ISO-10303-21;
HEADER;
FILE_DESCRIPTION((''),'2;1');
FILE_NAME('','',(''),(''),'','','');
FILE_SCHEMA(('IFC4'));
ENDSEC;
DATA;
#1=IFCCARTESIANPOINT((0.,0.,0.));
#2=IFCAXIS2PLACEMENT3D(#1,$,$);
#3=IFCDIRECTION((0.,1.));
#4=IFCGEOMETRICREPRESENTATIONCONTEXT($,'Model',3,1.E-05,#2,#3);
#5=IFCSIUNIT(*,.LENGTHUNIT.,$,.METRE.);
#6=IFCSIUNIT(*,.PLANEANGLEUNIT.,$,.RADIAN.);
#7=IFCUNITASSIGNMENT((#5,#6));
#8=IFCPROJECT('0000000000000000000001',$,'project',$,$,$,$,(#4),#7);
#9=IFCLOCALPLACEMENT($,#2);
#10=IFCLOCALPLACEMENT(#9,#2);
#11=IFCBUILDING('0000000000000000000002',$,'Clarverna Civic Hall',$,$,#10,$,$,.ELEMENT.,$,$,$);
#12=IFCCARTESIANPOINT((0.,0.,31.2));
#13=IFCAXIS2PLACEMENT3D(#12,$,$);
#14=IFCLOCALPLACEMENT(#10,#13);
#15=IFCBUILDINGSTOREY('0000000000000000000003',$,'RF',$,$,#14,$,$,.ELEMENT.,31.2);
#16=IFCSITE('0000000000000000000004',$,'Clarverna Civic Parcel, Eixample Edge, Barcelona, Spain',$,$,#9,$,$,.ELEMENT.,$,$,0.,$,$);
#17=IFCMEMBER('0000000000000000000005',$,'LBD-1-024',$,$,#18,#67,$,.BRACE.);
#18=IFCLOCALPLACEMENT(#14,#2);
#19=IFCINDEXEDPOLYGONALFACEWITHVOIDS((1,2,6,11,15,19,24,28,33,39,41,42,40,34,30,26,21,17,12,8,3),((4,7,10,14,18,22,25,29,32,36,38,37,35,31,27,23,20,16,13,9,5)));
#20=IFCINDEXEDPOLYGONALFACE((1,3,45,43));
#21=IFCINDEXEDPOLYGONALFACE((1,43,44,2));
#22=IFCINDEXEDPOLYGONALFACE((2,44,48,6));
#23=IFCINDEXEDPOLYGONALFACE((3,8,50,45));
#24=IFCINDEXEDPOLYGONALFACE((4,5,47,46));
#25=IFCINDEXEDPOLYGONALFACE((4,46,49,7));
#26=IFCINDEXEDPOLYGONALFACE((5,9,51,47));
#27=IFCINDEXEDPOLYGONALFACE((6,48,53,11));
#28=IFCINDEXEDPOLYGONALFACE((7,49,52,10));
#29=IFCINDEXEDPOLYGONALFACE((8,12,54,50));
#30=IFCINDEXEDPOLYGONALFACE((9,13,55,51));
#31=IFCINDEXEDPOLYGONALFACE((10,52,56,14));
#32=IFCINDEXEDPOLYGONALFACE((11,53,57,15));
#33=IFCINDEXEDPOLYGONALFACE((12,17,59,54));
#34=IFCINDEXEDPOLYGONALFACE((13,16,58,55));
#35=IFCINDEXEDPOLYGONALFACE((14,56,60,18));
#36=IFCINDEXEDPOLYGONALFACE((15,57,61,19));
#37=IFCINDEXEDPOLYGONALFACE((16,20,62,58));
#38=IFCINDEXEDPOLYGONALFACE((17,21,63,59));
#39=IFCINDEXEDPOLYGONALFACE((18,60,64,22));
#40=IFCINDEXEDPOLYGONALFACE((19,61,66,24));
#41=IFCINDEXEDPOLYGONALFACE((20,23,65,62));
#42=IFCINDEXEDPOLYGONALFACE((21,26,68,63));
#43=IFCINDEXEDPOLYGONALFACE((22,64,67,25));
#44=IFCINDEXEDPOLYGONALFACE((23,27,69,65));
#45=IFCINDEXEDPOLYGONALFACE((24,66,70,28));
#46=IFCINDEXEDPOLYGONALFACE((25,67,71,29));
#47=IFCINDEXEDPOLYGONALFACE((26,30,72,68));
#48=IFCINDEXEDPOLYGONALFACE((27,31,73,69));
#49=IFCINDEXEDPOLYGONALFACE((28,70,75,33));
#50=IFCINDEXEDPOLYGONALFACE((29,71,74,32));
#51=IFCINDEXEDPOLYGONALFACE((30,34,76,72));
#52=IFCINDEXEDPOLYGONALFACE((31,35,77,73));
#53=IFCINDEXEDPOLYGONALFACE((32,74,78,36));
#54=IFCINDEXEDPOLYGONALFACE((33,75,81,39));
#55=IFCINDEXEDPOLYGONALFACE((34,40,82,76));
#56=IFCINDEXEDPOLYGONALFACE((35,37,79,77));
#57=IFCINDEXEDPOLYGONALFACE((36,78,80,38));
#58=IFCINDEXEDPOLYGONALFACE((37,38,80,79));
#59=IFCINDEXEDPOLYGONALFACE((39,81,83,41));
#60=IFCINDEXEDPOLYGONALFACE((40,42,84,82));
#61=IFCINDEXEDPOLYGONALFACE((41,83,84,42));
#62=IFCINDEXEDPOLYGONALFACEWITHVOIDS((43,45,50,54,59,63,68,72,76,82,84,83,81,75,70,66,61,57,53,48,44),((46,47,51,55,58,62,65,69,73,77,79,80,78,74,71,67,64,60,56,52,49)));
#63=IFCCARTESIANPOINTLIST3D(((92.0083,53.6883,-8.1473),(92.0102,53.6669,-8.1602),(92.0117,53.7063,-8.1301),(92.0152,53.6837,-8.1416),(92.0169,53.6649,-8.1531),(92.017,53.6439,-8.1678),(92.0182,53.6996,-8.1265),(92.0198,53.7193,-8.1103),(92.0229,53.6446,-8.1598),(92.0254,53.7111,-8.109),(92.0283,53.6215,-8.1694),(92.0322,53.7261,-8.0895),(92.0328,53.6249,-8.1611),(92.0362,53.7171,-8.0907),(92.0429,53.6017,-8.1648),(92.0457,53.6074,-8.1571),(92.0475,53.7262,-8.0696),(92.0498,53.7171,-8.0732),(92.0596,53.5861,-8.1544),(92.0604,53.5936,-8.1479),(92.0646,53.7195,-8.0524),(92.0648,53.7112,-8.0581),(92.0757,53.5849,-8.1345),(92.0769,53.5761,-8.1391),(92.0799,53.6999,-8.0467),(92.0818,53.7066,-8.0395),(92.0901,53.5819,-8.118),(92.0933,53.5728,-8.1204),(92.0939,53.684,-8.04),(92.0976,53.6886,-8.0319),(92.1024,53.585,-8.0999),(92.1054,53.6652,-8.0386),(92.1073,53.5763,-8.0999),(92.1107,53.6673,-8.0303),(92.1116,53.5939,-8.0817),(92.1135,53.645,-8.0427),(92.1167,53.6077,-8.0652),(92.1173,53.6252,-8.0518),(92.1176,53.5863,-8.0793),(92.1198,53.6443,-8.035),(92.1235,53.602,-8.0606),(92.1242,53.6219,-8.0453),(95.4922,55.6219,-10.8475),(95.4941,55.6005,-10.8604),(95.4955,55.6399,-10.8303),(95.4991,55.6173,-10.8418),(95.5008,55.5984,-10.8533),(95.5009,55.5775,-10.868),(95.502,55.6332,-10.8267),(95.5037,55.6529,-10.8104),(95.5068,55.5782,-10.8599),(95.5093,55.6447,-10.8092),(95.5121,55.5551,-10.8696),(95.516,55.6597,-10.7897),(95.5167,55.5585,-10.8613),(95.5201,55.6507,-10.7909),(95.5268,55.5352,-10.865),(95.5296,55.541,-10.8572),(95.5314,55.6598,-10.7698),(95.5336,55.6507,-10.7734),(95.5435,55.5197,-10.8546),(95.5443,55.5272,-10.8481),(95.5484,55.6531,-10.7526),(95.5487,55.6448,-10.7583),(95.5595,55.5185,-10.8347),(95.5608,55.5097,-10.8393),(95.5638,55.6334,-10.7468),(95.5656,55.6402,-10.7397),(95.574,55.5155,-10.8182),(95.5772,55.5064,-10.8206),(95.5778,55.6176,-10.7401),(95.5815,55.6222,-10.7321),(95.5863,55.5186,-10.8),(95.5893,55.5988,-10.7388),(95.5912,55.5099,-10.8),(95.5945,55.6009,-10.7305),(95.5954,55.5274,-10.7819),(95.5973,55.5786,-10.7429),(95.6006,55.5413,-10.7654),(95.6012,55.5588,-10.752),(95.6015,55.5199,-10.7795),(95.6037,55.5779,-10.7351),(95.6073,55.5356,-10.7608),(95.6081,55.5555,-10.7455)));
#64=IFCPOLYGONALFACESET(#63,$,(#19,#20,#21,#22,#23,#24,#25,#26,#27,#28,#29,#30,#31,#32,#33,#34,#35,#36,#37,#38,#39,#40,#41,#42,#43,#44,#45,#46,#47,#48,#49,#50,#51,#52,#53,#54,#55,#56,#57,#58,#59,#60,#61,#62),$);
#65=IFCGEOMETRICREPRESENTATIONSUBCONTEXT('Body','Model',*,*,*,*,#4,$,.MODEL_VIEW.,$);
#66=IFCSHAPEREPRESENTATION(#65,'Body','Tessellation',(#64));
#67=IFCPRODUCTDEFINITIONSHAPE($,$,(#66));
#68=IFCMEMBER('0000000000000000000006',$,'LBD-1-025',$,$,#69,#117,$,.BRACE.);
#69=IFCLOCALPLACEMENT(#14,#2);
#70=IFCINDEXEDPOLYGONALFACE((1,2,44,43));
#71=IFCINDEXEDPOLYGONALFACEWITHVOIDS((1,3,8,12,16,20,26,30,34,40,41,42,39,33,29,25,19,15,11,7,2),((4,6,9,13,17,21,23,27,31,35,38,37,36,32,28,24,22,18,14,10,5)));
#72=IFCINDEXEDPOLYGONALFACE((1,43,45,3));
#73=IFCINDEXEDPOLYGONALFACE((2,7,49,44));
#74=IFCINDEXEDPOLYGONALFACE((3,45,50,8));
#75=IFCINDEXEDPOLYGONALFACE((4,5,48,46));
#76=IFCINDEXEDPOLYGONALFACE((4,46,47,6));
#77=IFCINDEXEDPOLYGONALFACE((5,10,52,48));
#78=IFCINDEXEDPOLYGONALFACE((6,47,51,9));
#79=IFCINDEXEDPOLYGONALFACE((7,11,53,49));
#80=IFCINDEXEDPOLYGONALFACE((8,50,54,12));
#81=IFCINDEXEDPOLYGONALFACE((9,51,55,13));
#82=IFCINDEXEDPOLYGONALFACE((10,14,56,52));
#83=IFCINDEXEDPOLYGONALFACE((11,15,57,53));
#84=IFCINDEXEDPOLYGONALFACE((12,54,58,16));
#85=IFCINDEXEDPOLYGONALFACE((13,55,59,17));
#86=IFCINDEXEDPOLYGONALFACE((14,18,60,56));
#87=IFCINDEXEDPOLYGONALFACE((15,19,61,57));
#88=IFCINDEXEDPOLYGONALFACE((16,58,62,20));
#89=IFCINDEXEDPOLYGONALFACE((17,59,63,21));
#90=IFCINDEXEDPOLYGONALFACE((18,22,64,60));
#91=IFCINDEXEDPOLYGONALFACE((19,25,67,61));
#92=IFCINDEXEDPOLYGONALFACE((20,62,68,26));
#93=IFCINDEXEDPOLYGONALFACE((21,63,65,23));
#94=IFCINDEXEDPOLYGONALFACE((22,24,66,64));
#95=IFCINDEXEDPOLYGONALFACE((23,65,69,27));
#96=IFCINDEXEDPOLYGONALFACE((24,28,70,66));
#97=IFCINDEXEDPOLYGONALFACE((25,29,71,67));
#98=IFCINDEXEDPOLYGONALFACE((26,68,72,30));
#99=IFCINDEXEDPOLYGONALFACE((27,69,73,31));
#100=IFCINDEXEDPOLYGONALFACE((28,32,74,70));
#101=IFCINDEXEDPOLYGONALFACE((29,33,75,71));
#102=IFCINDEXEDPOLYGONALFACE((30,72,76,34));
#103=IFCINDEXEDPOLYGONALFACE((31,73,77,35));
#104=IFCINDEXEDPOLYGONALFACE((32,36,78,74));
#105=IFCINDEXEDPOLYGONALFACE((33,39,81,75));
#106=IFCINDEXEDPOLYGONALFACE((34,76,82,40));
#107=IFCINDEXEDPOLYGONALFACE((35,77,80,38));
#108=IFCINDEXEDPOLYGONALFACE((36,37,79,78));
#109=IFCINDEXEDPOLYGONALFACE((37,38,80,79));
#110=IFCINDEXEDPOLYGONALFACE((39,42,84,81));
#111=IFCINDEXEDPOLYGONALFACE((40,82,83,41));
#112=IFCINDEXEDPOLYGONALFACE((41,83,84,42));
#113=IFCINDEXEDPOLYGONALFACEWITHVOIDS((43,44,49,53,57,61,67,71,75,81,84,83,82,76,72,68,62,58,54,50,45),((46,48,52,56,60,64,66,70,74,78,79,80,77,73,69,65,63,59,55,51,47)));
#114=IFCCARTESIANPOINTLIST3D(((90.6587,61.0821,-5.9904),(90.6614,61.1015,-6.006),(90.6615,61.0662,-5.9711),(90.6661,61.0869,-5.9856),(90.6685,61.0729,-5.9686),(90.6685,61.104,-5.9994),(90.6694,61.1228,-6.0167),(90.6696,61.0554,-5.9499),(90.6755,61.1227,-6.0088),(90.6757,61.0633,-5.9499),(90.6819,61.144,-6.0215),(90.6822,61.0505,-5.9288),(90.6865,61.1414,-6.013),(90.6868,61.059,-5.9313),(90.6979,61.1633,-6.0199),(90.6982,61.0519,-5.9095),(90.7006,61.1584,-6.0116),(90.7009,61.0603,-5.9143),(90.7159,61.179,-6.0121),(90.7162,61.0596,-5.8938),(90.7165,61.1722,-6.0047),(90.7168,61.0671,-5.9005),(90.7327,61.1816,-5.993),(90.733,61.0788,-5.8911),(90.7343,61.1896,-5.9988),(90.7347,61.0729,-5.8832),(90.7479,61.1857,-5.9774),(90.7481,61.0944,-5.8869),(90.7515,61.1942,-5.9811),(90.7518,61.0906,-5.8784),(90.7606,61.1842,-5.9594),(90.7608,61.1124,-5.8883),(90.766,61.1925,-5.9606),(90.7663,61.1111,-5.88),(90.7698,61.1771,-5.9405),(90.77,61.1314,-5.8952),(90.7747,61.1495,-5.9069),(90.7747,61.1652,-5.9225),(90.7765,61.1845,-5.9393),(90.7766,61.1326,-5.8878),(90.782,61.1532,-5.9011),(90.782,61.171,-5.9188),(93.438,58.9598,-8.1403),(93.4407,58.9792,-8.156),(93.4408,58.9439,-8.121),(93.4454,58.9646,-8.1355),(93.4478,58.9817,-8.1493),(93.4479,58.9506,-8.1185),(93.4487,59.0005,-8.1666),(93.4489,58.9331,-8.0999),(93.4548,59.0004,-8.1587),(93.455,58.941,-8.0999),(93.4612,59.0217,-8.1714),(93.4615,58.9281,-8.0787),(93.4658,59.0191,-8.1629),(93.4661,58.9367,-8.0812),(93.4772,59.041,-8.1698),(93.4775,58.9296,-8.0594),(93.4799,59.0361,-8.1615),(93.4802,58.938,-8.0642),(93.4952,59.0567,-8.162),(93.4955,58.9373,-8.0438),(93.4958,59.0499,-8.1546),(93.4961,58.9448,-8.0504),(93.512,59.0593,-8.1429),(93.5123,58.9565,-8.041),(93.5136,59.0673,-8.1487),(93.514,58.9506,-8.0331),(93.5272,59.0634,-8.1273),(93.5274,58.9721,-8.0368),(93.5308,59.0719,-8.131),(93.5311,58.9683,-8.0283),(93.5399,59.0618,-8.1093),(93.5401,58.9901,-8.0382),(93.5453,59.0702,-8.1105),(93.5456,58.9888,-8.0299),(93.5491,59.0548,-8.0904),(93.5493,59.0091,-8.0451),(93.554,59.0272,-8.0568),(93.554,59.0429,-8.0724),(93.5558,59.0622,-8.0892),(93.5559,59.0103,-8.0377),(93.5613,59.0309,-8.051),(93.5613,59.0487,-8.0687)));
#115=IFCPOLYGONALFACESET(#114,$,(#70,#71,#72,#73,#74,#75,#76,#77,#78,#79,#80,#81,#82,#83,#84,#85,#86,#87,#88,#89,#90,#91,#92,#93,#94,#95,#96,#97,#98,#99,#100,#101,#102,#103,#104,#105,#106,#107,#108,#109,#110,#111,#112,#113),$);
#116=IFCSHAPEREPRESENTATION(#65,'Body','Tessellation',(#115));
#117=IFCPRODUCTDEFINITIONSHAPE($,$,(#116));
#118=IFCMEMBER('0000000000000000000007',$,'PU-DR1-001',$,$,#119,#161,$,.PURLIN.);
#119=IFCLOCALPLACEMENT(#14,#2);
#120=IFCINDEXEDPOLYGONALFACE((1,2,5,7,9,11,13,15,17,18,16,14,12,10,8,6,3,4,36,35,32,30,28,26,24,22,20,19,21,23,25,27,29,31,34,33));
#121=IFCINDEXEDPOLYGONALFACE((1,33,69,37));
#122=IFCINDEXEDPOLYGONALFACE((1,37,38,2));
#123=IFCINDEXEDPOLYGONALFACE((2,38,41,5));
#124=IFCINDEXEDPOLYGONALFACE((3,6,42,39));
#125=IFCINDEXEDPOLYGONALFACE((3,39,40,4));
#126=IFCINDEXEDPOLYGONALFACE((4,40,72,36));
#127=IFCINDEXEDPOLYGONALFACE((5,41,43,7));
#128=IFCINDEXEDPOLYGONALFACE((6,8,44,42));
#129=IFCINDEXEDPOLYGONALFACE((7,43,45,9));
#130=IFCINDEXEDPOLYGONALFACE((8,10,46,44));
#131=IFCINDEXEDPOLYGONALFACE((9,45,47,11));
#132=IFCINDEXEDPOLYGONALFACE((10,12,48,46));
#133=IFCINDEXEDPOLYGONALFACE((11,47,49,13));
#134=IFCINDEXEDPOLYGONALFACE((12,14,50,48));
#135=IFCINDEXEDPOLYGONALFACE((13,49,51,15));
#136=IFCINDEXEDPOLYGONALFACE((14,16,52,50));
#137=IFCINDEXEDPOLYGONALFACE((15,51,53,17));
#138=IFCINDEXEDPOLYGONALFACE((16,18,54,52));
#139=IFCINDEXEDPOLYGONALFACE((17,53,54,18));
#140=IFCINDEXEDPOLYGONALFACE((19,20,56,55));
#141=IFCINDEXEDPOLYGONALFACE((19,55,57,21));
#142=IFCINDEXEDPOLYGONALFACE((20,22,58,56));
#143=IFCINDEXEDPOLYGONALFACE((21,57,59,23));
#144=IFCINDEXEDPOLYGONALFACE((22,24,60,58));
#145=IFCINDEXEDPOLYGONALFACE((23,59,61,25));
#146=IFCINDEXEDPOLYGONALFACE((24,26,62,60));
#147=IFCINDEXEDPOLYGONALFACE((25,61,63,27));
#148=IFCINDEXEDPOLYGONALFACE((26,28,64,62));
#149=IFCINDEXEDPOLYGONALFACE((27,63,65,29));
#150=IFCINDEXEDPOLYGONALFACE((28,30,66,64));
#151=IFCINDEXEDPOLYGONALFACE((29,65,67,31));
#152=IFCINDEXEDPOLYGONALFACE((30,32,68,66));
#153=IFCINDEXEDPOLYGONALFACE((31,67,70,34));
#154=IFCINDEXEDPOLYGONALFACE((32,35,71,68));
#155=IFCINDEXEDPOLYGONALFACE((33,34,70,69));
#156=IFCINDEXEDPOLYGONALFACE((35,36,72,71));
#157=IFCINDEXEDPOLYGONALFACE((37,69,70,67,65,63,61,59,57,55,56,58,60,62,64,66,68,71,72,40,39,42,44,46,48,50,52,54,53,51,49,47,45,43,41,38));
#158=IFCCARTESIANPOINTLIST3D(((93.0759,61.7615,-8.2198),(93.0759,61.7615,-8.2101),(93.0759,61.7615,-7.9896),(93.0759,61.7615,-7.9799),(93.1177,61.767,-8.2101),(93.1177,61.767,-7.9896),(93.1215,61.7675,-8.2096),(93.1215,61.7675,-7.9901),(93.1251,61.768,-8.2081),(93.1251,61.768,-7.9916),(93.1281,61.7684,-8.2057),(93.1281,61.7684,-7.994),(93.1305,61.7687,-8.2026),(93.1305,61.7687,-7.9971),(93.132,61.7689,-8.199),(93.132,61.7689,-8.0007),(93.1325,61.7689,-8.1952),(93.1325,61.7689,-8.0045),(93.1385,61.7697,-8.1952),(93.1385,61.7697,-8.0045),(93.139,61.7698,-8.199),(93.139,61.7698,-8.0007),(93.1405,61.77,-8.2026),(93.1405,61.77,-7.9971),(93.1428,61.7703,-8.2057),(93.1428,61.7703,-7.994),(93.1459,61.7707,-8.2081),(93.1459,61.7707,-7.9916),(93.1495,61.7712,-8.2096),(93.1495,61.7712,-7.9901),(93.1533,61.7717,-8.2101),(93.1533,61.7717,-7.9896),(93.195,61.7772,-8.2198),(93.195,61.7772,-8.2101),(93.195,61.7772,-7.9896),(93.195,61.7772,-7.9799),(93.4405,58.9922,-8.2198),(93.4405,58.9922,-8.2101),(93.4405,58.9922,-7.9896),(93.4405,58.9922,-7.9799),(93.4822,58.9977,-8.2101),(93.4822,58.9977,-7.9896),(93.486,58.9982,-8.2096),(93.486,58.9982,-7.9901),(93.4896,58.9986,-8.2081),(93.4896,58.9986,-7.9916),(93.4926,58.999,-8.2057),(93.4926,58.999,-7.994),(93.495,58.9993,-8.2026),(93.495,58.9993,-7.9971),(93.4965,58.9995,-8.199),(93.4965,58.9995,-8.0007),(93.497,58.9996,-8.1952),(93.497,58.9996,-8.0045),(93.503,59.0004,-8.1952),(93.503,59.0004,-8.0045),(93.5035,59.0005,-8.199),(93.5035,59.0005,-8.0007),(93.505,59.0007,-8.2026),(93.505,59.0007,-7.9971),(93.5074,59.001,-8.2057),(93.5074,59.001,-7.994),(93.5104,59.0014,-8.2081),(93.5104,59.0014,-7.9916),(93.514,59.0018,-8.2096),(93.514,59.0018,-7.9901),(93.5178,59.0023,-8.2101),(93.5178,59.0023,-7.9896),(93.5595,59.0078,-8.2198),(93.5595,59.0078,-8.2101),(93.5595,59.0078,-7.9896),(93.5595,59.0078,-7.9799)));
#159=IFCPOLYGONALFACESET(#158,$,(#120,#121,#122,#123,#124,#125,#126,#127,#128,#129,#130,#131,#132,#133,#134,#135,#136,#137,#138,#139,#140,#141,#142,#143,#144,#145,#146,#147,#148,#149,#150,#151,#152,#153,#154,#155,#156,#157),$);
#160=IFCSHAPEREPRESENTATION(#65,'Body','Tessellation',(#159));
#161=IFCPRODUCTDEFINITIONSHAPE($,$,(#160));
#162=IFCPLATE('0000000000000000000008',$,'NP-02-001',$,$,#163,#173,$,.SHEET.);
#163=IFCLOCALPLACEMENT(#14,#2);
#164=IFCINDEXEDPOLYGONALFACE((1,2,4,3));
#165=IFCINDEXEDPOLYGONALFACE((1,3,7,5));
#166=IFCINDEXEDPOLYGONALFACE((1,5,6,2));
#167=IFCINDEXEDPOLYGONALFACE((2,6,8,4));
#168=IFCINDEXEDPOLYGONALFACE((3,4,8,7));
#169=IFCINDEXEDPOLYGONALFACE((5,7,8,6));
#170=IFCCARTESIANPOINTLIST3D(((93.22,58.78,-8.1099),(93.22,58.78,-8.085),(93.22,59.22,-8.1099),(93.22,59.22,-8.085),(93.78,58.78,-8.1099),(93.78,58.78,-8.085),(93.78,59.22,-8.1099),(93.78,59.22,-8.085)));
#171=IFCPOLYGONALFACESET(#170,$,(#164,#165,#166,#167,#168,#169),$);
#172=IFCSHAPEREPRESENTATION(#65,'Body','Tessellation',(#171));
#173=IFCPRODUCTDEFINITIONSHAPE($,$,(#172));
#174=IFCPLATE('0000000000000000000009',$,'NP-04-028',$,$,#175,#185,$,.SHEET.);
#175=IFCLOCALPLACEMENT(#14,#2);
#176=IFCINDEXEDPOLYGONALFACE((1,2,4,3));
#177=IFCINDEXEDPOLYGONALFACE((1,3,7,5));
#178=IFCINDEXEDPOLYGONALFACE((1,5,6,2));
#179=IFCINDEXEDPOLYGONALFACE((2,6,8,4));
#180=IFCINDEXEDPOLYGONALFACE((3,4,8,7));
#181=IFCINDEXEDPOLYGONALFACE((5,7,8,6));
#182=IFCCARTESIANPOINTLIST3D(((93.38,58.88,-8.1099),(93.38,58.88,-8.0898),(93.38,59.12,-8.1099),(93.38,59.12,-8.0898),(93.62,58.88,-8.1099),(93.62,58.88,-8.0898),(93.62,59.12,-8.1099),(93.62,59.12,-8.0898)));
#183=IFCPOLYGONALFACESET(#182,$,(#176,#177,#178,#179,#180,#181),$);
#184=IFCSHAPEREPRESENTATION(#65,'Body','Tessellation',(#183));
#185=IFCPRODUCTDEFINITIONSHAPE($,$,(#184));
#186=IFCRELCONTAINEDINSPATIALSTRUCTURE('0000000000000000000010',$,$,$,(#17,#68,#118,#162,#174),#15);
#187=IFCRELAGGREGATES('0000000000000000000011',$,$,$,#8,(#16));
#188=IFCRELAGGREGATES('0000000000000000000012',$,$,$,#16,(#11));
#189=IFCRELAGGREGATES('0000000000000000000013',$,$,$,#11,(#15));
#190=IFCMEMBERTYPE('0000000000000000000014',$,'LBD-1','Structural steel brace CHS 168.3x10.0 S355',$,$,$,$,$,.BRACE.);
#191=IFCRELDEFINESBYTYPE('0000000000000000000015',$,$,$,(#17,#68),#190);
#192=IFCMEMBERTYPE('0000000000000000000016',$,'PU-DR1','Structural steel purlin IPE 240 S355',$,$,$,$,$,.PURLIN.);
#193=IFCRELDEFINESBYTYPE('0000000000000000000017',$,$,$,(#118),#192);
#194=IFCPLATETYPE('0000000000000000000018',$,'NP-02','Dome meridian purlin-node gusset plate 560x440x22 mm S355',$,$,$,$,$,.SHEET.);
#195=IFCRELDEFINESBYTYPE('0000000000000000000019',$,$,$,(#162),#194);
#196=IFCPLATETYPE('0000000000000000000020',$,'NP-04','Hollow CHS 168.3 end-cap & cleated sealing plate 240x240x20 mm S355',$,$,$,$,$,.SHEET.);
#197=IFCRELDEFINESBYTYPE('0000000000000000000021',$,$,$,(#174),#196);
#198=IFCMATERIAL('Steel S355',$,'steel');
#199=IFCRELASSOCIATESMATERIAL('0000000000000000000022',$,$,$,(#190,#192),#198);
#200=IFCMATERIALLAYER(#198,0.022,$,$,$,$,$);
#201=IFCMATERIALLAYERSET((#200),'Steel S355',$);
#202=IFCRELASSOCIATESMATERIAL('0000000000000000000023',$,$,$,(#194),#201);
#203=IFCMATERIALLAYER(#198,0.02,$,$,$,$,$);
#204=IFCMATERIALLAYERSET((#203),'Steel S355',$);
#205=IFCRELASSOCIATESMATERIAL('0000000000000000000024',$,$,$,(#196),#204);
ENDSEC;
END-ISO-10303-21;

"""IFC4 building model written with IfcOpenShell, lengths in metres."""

from ifc_helpers import new_model, si_unit, direction, frame, origin, origin_2d, place, context, subcontext, project, spatial, rectangle, hollow_circle, i_section, extrude, material, layer, layer_set, material_profile, profile_set, type_object, element, save


model = new_model("IFC4")

# Units and contexts
model_context = context("Model", 3, precision=1e-05, world=origin(), true_north=direction((0.0, 1.0)))
body_context = subcontext(model_context, "Body", "Model", "MODEL_VIEW")
ifc_project = project(units=[si_unit("LENGTHUNIT", "METRE"), si_unit("PLANEANGLEUNIT", "RADIAN")], contexts=[model_context])

# Site, building, storey
site_placement = place(None, origin())
site = spatial("IfcSite", under=ifc_project, at=site_placement, Name="Clarverna Civic Parcel, Eixample Edge, Barcelona, Spain", CompositionType="ELEMENT", RefElevation=0.0)
building_placement = place(site_placement, origin())
building = spatial("IfcBuilding", under=site, at=building_placement, Name="Clarverna Civic Hall", CompositionType="ELEMENT")
storey_placement = place(building_placement, frame((0.0, 0.0, 31.2)))
storey = spatial("IfcBuildingStorey", under=building, at=storey_placement, Name="RF", CompositionType="ELEMENT", Elevation=31.2)

# Members
ifc_material_1 = material(Name="Steel S355", Category="steel")
ifc_material_profile_1 = material_profile(ifc_material_1, hollow_circle(Radius=0.0842, WallThickness=0.01, at=origin_2d()), Name="CHS 168.3x10.0")
ifc_profile_set_1 = profile_set([ifc_material_profile_1], Name="Steel S355")
member_type_1 = type_object("IfcMemberType", Name="LBD-1", Description="Structural steel brace CHS 168.3x10.0 S355", PredefinedType="BRACE", material=ifc_profile_set_1)
for number, where, z_axis, x_axis, name in (
    (1, (95.5503, 55.5835, -10.8), (-0.723813, -0.401724, 0.560993), (0.485279, -0.87436, 0.0), "LBD-1-024"),
):
    element("IfcMember", number, at=place(storey_placement, frame(where, z_axis=z_axis, x_axis=x_axis)), inside=storey, type_object=member_type_1, Name=name, PredefinedType="BRACE", context=body_context, shape_type="SweptSolid", body=[
        extrude(hollow_circle(Radius=0.0842, WallThickness=0.01, at=origin_2d()), origin(), (0.0, 0.0, 1.0), 4.8132),
    ])
member_1_placement = place(storey_placement, frame((93.5, 59.0, -8.0999), z_axis=(-0.677056, 0.517011, 0.523731), x_axis=(-0.606903, -0.794776, 0.0)))
element("IfcMember", 2, at=member_1_placement, inside=storey, type_object=member_type_1, Name="LBD-1-025", PredefinedType="BRACE", context=body_context, shape_type="SweptSolid", body=[
    extrude(hollow_circle(Radius=0.0842, WallThickness=0.01, at=origin_2d()), origin(), (0.0, 0.0, 1.0), 4.105),
])
ifc_material_profile_2 = material_profile(ifc_material_1, i_section(OverallWidth=0.1201, OverallDepth=0.24, WebThickness=0.0061, FlangeThickness=0.0098, FilletRadius=0.0149, at=origin_2d()), Name="IPE 240")
ifc_profile_set_2 = profile_set([ifc_material_profile_2], Name="Steel S355")
member_type_2 = type_object("IfcMemberType", Name="PU-DR1", Description="Structural steel purlin IPE 240 S355", PredefinedType="PURLIN", material=ifc_profile_set_2)
member_2_placement = place(storey_placement, frame((93.5, 59.0, -8.0999), z_axis=(-0.130497, 0.991449, 0.0), x_axis=(-0.991449, -0.130497, 0.0)))
element("IfcMember", 3, at=member_2_placement, inside=storey, type_object=member_type_2, Name="PU-DR1-001", PredefinedType="PURLIN", context=body_context, shape_type="SweptSolid", body=[
    extrude(i_section(OverallWidth=0.1201, OverallDepth=0.24, WebThickness=0.0061, FlangeThickness=0.0098, FilletRadius=0.0149, at=origin_2d()), origin(), (0.0, 0.0, 1.0), 2.7932),
])

# Plates
ifc_layer_1 = layer(ifc_material_1, 0.022)
ifc_layer_set_1 = layer_set([ifc_layer_1], Name="Steel S355")
plate_type_1 = type_object("IfcPlateType", Name="NP-02", Description="Dome meridian purlin-node gusset plate 560x440x22 mm S355", PredefinedType="SHEET", material=ifc_layer_set_1)
plate_1_placement = place(storey_placement, frame((93.5, 59.0, -8.1099), z_axis=(0.0, 0.0, 1.0), x_axis=(1.0, 0.0, 0.0)))
element("IfcPlate", 4, at=plate_1_placement, inside=storey, type_object=plate_type_1, Name="NP-02-001", PredefinedType="SHEET", context=body_context, shape_type="SweptSolid", body=[
    extrude(rectangle(XDim=0.5601, YDim=0.4399, at=origin_2d()), origin(), (0.0, 0.0, 1.0), 0.0249),
])
ifc_layer_2 = layer(ifc_material_1, 0.02)
ifc_layer_set_2 = layer_set([ifc_layer_2], Name="Steel S355")
plate_type_2 = type_object("IfcPlateType", Name="NP-04", Description="Hollow CHS 168.3 end-cap & cleated sealing plate 240x240x20 mm S355", PredefinedType="SHEET", material=ifc_layer_set_2)
plate_2_placement = place(storey_placement, frame((93.5, 59.0, -8.1099), z_axis=(0.0, 0.0, 1.0), x_axis=(1.0, 0.0, 0.0)))
element("IfcPlate", 5, at=plate_2_placement, inside=storey, type_object=plate_type_2, Name="NP-04-028", PredefinedType="SHEET", context=body_context, shape_type="SweptSolid", body=[
    extrude(rectangle(XDim=0.24, YDim=0.24, at=origin_2d()), origin(), (0.0, 0.0, 1.0), 0.02),
])

save(model, "model.ifc")
